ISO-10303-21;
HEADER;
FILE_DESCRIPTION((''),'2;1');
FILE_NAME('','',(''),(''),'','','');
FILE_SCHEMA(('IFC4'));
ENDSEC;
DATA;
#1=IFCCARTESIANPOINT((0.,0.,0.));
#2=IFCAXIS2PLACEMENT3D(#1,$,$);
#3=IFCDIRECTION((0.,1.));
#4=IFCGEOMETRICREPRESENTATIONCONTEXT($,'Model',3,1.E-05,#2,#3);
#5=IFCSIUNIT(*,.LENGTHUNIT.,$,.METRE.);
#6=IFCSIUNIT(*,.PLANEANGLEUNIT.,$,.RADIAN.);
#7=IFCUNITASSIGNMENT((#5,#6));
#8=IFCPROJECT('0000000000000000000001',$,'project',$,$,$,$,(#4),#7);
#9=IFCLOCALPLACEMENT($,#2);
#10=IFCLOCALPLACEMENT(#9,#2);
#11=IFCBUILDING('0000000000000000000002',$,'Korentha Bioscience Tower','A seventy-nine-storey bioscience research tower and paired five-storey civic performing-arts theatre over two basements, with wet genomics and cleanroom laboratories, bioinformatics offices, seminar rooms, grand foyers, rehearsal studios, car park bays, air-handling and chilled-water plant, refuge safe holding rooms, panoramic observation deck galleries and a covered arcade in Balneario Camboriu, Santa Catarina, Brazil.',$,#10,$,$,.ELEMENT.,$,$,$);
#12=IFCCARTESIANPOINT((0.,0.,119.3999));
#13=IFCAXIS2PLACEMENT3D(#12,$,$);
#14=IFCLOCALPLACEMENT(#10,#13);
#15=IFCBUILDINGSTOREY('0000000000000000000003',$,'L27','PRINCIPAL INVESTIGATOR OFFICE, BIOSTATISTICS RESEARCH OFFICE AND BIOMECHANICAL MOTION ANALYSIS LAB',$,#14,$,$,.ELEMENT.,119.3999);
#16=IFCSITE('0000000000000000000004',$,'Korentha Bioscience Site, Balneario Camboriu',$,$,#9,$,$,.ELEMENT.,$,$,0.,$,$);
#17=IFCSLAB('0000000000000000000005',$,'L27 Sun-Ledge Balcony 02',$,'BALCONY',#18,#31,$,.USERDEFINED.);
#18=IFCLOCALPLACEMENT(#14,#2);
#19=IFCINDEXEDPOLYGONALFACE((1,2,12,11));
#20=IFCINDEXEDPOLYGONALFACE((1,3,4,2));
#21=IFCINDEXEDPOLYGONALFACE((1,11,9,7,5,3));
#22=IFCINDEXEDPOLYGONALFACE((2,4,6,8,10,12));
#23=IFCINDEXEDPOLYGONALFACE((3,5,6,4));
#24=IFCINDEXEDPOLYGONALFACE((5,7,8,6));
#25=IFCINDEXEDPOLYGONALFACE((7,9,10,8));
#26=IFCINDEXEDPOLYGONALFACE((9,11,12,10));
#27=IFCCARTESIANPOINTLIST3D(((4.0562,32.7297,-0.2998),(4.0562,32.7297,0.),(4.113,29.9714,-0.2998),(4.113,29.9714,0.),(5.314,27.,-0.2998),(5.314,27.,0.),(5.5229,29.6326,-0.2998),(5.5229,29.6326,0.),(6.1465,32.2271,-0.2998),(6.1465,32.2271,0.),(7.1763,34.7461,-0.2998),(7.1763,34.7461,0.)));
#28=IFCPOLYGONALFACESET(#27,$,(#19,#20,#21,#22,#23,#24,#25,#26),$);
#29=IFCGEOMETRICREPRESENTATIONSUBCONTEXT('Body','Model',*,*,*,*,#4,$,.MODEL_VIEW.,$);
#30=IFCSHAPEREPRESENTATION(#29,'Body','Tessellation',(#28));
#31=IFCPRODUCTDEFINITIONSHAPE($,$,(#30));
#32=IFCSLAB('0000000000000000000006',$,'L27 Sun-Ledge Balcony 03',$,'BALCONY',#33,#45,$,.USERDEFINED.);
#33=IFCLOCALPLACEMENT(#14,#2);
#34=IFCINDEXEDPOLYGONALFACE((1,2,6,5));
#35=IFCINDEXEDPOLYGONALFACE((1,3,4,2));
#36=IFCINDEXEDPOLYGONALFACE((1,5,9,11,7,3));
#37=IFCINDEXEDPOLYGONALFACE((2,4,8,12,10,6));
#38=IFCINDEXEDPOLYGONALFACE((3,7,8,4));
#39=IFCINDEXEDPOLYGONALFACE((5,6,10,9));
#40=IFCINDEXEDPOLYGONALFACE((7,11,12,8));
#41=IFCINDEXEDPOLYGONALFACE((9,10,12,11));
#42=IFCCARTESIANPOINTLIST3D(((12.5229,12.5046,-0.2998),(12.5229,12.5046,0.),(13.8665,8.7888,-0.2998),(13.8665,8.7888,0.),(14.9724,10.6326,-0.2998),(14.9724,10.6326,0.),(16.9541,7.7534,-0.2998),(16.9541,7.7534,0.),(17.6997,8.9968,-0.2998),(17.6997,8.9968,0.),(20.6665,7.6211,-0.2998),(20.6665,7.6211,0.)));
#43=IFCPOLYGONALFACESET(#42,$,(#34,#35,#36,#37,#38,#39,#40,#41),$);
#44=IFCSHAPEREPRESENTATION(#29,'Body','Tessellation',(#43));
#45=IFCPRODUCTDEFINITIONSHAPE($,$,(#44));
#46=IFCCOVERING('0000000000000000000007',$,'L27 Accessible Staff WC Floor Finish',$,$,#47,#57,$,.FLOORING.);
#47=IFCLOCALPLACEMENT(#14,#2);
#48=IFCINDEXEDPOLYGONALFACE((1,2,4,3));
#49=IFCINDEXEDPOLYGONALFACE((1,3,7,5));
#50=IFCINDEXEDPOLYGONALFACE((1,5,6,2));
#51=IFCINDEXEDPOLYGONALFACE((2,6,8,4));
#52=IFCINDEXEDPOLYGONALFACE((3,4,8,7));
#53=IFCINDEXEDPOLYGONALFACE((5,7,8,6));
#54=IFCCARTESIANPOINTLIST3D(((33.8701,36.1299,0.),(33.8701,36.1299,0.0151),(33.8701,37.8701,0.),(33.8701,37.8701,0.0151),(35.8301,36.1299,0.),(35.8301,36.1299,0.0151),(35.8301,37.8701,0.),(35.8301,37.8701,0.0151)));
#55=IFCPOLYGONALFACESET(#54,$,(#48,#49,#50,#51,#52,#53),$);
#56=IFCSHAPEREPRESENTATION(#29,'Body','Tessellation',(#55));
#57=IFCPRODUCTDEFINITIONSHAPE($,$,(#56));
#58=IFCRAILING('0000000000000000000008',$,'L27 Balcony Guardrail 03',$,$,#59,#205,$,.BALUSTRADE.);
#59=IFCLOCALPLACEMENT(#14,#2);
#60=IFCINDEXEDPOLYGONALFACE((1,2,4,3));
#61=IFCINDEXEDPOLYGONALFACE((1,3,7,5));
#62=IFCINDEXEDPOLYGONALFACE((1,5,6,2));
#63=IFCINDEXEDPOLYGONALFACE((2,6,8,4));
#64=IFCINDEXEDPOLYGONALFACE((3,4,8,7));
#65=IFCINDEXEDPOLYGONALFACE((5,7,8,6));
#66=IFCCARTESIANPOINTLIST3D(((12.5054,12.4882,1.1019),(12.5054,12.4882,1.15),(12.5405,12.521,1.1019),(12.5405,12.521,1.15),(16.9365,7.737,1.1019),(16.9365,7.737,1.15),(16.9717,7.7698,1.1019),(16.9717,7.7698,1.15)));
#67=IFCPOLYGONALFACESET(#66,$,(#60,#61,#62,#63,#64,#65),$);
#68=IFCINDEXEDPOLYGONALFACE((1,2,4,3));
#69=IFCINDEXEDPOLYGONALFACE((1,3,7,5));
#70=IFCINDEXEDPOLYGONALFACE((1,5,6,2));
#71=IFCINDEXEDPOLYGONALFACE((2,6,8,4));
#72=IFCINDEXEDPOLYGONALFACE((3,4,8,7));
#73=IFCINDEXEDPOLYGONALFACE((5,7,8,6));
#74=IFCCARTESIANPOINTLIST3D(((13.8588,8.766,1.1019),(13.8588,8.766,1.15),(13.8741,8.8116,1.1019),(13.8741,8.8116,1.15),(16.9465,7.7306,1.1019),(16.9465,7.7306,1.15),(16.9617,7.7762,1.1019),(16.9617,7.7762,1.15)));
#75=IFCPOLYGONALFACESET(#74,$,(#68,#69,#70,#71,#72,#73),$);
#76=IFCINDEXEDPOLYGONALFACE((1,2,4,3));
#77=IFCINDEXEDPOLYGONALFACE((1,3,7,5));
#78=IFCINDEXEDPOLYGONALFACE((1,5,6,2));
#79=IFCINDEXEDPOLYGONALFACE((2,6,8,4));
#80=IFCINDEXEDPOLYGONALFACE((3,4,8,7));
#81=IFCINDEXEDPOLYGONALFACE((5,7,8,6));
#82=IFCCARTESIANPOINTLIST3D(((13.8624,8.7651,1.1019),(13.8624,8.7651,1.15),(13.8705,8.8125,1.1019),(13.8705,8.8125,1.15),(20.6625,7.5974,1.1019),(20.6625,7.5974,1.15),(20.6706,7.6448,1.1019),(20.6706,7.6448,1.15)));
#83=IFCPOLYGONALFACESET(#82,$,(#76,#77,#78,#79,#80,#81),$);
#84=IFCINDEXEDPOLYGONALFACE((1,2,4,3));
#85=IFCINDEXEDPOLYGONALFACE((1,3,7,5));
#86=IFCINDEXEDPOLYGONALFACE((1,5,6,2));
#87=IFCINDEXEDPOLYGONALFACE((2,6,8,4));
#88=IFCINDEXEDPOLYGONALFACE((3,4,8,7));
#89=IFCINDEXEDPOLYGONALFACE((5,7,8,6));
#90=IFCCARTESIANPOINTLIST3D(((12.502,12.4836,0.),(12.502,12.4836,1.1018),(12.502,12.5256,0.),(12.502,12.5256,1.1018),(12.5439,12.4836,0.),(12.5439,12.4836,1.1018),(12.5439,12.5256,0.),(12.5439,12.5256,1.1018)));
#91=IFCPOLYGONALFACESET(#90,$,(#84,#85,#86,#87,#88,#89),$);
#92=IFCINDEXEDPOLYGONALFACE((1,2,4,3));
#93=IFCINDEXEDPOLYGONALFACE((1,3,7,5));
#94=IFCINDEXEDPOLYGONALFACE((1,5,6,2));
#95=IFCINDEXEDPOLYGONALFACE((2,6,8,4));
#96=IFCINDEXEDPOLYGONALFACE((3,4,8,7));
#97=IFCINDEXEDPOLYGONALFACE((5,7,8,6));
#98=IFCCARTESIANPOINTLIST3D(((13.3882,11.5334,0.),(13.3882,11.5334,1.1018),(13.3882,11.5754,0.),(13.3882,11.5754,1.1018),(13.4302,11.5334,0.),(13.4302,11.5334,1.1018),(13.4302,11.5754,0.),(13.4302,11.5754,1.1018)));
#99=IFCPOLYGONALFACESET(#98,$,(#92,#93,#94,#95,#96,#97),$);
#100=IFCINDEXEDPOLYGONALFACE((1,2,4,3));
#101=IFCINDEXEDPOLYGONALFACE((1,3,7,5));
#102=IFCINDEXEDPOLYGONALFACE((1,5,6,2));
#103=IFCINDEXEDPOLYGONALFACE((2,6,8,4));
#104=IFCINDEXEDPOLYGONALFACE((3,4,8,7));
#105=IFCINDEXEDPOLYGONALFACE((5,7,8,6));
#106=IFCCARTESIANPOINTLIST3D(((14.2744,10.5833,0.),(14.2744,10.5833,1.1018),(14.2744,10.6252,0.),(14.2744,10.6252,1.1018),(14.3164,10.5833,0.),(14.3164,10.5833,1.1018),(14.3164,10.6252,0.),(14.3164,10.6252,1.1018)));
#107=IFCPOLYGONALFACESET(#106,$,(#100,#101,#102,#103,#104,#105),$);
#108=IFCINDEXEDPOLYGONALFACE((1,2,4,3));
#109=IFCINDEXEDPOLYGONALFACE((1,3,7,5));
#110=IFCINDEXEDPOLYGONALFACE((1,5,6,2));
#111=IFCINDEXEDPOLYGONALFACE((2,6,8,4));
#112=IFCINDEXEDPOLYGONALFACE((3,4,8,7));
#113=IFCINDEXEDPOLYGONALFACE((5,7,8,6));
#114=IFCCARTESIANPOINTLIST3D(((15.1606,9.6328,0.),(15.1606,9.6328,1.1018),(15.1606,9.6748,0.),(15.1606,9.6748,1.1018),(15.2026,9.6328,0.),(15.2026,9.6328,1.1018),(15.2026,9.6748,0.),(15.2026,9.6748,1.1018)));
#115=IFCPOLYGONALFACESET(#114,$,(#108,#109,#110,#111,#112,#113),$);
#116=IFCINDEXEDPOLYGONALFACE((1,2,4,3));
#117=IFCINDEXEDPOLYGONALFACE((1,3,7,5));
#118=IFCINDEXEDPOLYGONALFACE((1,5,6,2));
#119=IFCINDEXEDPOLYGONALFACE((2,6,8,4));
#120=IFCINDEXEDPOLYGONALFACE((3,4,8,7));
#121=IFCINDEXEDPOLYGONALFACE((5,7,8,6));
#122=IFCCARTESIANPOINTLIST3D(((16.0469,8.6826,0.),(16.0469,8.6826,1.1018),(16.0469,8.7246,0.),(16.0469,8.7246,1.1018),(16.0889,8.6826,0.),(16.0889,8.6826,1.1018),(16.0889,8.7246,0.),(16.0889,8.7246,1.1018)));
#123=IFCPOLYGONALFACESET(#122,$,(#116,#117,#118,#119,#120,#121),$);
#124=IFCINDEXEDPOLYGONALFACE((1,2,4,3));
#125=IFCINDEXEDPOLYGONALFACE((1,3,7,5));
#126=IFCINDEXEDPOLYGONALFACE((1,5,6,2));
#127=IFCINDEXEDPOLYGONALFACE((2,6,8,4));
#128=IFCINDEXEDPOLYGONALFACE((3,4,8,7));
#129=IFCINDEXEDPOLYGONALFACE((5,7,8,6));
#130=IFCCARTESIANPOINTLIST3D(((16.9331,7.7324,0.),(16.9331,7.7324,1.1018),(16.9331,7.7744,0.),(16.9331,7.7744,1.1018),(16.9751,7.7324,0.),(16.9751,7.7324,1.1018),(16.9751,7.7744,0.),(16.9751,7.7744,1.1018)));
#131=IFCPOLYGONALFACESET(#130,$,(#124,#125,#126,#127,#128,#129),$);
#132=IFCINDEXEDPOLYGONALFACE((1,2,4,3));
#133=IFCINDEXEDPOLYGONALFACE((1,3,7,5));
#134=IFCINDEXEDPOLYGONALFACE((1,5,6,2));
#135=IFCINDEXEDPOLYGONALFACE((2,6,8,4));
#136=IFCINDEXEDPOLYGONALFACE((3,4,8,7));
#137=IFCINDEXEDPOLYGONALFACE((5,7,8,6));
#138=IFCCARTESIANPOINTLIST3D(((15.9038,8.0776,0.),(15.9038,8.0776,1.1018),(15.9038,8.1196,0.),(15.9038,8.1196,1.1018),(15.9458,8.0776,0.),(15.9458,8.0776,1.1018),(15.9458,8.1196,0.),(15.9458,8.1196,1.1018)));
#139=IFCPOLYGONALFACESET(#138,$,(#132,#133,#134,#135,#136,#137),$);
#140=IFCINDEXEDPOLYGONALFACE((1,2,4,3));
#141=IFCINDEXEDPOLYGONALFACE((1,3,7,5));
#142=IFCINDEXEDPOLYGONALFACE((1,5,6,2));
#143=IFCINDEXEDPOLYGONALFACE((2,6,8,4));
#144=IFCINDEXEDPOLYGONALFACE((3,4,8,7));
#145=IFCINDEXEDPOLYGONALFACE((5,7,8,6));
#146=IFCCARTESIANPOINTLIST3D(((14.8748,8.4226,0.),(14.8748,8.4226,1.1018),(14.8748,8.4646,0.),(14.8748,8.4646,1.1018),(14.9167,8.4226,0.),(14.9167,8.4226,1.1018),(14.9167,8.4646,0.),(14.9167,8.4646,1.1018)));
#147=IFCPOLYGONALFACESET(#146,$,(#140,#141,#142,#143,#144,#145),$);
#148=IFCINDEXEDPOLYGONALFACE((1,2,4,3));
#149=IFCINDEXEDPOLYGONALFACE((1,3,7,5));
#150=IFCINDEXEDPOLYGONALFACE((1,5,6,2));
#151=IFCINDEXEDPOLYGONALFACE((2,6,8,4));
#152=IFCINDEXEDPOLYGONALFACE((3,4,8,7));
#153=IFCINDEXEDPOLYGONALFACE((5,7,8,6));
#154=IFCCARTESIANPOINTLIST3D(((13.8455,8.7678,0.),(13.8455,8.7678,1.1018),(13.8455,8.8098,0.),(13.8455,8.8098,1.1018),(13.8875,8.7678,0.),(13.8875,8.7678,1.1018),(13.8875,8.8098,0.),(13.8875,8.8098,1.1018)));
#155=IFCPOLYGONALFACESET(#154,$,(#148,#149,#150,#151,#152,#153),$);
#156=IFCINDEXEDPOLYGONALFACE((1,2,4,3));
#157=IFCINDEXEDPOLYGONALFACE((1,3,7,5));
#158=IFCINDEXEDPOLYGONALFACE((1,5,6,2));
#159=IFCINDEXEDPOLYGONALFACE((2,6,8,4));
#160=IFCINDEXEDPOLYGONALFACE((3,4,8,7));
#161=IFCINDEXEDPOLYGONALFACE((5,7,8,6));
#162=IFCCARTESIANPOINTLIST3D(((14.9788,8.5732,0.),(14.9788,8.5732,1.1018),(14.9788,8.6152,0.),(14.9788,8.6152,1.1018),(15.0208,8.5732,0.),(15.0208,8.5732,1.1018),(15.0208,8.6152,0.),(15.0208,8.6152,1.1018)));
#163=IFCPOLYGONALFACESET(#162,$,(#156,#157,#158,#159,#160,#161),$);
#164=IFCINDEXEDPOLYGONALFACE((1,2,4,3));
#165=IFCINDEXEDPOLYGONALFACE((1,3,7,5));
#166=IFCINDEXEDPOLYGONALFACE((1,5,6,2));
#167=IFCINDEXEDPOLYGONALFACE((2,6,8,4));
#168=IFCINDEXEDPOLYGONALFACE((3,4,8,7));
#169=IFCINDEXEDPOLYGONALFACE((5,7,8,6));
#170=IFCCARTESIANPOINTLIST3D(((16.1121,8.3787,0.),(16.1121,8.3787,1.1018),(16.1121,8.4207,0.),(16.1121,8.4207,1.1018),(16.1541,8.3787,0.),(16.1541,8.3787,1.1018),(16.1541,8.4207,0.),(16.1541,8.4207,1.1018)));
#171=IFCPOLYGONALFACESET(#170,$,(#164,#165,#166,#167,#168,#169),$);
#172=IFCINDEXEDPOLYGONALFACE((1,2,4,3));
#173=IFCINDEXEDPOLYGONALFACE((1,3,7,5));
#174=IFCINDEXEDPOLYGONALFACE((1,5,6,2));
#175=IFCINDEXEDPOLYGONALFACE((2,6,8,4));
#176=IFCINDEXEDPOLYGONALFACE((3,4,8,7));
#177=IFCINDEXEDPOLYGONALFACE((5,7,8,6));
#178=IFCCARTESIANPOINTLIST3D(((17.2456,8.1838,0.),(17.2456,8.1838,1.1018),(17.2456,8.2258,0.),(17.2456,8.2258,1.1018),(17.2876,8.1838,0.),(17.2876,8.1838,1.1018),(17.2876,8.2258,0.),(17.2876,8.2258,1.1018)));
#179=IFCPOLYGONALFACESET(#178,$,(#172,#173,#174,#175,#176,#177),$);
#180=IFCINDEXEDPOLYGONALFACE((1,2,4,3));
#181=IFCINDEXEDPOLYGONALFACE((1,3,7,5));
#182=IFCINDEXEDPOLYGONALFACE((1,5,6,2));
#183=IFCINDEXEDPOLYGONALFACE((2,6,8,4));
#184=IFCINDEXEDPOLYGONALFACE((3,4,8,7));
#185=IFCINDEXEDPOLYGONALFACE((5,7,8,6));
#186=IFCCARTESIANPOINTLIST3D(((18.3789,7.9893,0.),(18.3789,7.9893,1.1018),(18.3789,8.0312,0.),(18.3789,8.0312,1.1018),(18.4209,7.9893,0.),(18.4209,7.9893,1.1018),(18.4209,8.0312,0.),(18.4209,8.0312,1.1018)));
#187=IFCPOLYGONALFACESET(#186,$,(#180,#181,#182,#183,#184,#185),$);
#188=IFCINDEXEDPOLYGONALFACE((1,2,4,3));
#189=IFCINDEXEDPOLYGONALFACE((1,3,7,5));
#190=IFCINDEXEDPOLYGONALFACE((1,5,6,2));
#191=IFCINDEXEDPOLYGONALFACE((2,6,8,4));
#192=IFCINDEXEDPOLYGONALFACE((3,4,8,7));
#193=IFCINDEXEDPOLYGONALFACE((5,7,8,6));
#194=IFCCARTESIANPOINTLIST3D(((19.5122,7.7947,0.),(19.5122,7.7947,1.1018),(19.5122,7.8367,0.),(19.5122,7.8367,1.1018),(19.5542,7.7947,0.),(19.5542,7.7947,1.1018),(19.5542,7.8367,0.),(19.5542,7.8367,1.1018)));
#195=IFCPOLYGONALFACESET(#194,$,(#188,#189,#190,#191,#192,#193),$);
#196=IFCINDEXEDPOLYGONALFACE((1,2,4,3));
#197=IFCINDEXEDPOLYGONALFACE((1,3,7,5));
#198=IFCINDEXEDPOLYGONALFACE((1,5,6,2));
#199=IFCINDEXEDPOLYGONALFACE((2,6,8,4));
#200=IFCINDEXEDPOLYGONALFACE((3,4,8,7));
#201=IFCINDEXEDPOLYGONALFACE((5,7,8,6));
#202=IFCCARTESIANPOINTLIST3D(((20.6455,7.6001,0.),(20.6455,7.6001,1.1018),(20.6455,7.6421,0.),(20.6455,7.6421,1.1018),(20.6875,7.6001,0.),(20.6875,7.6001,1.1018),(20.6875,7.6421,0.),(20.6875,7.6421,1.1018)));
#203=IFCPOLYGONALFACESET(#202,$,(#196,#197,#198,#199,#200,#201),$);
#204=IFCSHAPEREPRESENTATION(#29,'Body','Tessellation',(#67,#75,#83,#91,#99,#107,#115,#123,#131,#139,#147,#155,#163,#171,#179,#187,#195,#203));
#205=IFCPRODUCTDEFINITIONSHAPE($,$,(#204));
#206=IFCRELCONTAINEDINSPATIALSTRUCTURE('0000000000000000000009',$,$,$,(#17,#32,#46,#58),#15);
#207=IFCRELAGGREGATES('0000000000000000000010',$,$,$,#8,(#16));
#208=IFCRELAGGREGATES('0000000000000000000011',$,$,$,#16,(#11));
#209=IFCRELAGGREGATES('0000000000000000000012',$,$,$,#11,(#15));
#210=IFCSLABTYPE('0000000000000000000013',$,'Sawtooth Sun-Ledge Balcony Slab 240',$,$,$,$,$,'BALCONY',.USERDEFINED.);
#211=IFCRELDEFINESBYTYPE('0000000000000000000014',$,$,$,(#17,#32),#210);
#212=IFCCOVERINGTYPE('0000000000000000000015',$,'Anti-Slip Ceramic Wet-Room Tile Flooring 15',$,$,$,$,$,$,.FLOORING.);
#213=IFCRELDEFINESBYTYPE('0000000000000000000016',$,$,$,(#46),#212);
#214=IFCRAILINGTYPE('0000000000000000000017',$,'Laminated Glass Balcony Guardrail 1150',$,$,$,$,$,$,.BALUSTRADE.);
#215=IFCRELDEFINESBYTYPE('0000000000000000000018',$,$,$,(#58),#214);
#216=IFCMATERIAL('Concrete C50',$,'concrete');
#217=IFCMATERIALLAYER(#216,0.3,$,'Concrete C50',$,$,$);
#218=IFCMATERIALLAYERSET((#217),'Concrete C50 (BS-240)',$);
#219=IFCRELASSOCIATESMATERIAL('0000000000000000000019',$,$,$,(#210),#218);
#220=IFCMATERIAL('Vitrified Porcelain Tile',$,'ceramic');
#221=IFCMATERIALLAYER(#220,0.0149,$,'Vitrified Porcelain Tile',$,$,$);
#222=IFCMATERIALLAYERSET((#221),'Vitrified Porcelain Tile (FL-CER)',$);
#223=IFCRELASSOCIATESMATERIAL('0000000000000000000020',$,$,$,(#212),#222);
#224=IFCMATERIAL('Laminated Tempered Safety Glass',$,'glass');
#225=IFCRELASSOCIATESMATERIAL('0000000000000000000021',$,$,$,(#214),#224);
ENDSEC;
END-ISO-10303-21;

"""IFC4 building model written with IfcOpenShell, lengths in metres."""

from ifc_helpers import new_model, si_unit, direction, frame, origin, origin_2d, place, context, subcontext, project, spatial, polyline, rectangle, outline, extrude, material, layer, layer_set, type_object, element, save


model = new_model("IFC4")

# Units and contexts
model_context = context("Model", 3, precision=1e-05, world=origin(), true_north=direction((0.0, 1.0)))
body_context = subcontext(model_context, "Body", "Model", "MODEL_VIEW")
ifc_project = project(units=[si_unit("LENGTHUNIT", "METRE"), si_unit("PLANEANGLEUNIT", "RADIAN")], contexts=[model_context])

# Site, building, storey
site_placement = place(None, origin())
site = spatial("IfcSite", under=ifc_project, at=site_placement, Name="Korentha Bioscience Site, Balneario Camboriu", CompositionType="ELEMENT", RefElevation=0.0)
building_placement = place(site_placement, origin())
building = spatial("IfcBuilding", under=site, at=building_placement, Name="Korentha Bioscience Tower", Description="A seventy-nine-storey bioscience research tower and paired five-storey civic performing-arts theatre over two basements, with wet genomics and cleanroom laboratories, bioinformatics offices, seminar rooms, grand foyers, rehearsal studios, car park bays, air-handling and chilled-water plant, refuge safe holding rooms, panoramic observation deck galleries and a covered arcade in Balneario Camboriu, Santa Catarina, Brazil.", CompositionType="ELEMENT")
storey_placement = place(building_placement, frame((0.0, 0.0, 119.3999)))
storey = spatial("IfcBuildingStorey", under=building, at=storey_placement, Name="L27", Description="PRINCIPAL INVESTIGATOR OFFICE, BIOSTATISTICS RESEARCH OFFICE AND BIOMECHANICAL MOTION ANALYSIS LAB", CompositionType="ELEMENT", Elevation=119.3999)

# Shared definitions
ifc_material_1 = material(Name="Concrete C50", Category="concrete")

# Slabs
ifc_layer_1 = layer(ifc_material_1, 0.3, Name="Concrete C50")
ifc_layer_set_1 = layer_set([ifc_layer_1], Name="Concrete C50 (BS-240)")
slab_type_1 = type_object("IfcSlabType", Name="Sawtooth Sun-Ledge Balcony Slab 240", ElementType="BALCONY", PredefinedType="USERDEFINED", material=ifc_layer_set_1)
slab_1_placement = place(storey_placement, frame((0.0, 0.0, -0.2998)))
element("IfcSlab", 1, at=slab_1_placement, inside=storey, type_object=slab_type_1, Name="L27 Sun-Ledge Balcony 02", ObjectType="BALCONY", PredefinedType="USERDEFINED", context=body_context, shape_type="SweptSolid", body=[
    extrude(outline(polyline([(5.314, 27.0), (5.5229, 29.6326), (6.1465, 32.2271), (7.1763, 34.7461), (4.0562, 32.7297), (4.113, 29.9714), (5.314, 27.0)])), origin(), (0.0, 0.0, 1.0), 0.2998),
])
slab_2_placement = place(storey_placement, frame((0.0, 0.0, -0.2998)))
element("IfcSlab", 2, at=slab_2_placement, inside=storey, type_object=slab_type_1, Name="L27 Sun-Ledge Balcony 03", ObjectType="BALCONY", PredefinedType="USERDEFINED", context=body_context, shape_type="SweptSolid", body=[
    extrude(outline(polyline([(20.6665, 7.6211), (17.6997, 8.9968), (14.9724, 10.6326), (12.5229, 12.5046), (13.8665, 8.7888), (16.9541, 7.7534), (20.6665, 7.6211)])), origin(), (0.0, 0.0, 1.0), 0.2998),
])

# Covering
ifc_material_2 = material(Name="Vitrified Porcelain Tile", Category="ceramic")
ifc_layer_2 = layer(ifc_material_2, 0.0149, Name="Vitrified Porcelain Tile")
ifc_layer_set_2 = layer_set([ifc_layer_2], Name="Vitrified Porcelain Tile (FL-CER)")
covering_type_1 = type_object("IfcCoveringType", Name="Anti-Slip Ceramic Wet-Room Tile Flooring 15", PredefinedType="FLOORING", material=ifc_layer_set_2)
covering_1_placement = place(storey_placement, origin())
element("IfcCovering", 3, at=covering_1_placement, inside=storey, type_object=covering_type_1, Name="L27 Accessible Staff WC Floor Finish", PredefinedType="FLOORING", context=body_context, shape_type="SweptSolid", body=[
    extrude(outline(polyline([(33.8701, 36.1299), (33.8701, 37.8701), (35.8301, 37.8701), (35.8301, 36.1299), (33.8701, 36.1299)])), origin(), (0.0, 0.0, 1.0), 0.0151),
])

# Railing
ifc_material_3 = material(Name="Laminated Tempered Safety Glass", Category="glass")
railing_type = type_object("IfcRailingType", Name="Laminated Glass Balcony Guardrail 1150", PredefinedType="BALUSTRADE", material=ifc_material_3)
railing_placement = place(storey_placement, frame((12.5229, 12.5046, 0.0)))
element("IfcRailing", 4, at=railing_placement, inside=storey, type_object=railing_type, Name="L27 Balcony Guardrail 03", PredefinedType="BALUSTRADE", context=body_context, shape_type="SweptSolid", body=[
    extrude(rectangle(XDim=0.0481, YDim=0.0481, at=origin_2d()), frame((0.0, 0.0, 1.126), z_axis=(0.682045, -0.73131, 0.0), x_axis=(0.73131, 0.682045, 0.0)), (0.0, 0.0, 1.0), 6.4968),
    extrude(rectangle(XDim=0.0481, YDim=0.0481, at=origin_2d()), frame((4.4312, -4.7512, 1.126), z_axis=(-0.948112, 0.317937, 0.0), x_axis=(-0.317937, -0.948112, 0.0)), (0.0, 0.0, 1.0), 3.2566),
    extrude(rectangle(XDim=0.0481, YDim=0.0481, at=origin_2d()), frame((1.3435, -3.7158, 1.126), z_axis=(0.985574, -0.169246, 0.0), x_axis=(0.169246, 0.985574, 0.0)), (0.0, 0.0, 1.0), 6.8997),
    extrude(rectangle(XDim=0.042, YDim=0.042, at=origin_2d()), origin(), (0.0, 0.0, 1.0), 1.1018),
    extrude(rectangle(XDim=0.042, YDim=0.042, at=origin_2d()), frame((0.8862, -0.9502, 0.0)), (0.0, 0.0, 1.0), 1.1018),
    extrude(rectangle(XDim=0.042, YDim=0.042, at=origin_2d()), frame((1.7725, -1.9004, 0.0)), (0.0, 0.0, 1.0), 1.1018),
    extrude(rectangle(XDim=0.042, YDim=0.042, at=origin_2d()), frame((2.6587, -2.8508, 0.0)), (0.0, 0.0, 1.0), 1.1018),
    extrude(rectangle(XDim=0.042, YDim=0.042, at=origin_2d()), frame((3.5449, -3.801, 0.0)), (0.0, 0.0, 1.0), 1.1018),
    extrude(rectangle(XDim=0.042, YDim=0.042, at=origin_2d()), frame((4.4312, -4.7512, 0.0)), (0.0, 0.0, 1.0), 1.1018),
    extrude(rectangle(XDim=0.042, YDim=0.042, at=origin_2d()), frame((3.4019, -4.406, 0.0)), (0.0, 0.0, 1.0), 1.1018),
    extrude(rectangle(XDim=0.042, YDim=0.042, at=origin_2d()), frame((2.3728, -4.061, 0.0)), (0.0, 0.0, 1.0), 1.1018),
    extrude(rectangle(XDim=0.042, YDim=0.042, at=origin_2d()), frame((1.3435, -3.7158, 0.0)), (0.0, 0.0, 1.0), 1.1018),
    extrude(rectangle(XDim=0.042, YDim=0.042, at=origin_2d()), frame((2.4768, -3.9104, 0.0)), (0.0, 0.0, 1.0), 1.1018),
    extrude(rectangle(XDim=0.042, YDim=0.042, at=origin_2d()), frame((3.6101, -4.105, 0.0)), (0.0, 0.0, 1.0), 1.1018),
    extrude(rectangle(XDim=0.042, YDim=0.042, at=origin_2d()), frame((4.7437, -4.2998, 0.0)), (0.0, 0.0, 1.0), 1.1018),
    extrude(rectangle(XDim=0.042, YDim=0.042, at=origin_2d()), frame((5.877, -4.4944, 0.0)), (0.0, 0.0, 1.0), 1.1018),
    extrude(rectangle(XDim=0.042, YDim=0.042, at=origin_2d()), frame((7.0103, -4.689, 0.0)), (0.0, 0.0, 1.0), 1.1018),
    extrude(rectangle(XDim=0.042, YDim=0.042, at=origin_2d()), frame((8.1436, -4.8835, 0.0)), (0.0, 0.0, 1.0), 1.1018),
])

save(model, "model.ifc")
